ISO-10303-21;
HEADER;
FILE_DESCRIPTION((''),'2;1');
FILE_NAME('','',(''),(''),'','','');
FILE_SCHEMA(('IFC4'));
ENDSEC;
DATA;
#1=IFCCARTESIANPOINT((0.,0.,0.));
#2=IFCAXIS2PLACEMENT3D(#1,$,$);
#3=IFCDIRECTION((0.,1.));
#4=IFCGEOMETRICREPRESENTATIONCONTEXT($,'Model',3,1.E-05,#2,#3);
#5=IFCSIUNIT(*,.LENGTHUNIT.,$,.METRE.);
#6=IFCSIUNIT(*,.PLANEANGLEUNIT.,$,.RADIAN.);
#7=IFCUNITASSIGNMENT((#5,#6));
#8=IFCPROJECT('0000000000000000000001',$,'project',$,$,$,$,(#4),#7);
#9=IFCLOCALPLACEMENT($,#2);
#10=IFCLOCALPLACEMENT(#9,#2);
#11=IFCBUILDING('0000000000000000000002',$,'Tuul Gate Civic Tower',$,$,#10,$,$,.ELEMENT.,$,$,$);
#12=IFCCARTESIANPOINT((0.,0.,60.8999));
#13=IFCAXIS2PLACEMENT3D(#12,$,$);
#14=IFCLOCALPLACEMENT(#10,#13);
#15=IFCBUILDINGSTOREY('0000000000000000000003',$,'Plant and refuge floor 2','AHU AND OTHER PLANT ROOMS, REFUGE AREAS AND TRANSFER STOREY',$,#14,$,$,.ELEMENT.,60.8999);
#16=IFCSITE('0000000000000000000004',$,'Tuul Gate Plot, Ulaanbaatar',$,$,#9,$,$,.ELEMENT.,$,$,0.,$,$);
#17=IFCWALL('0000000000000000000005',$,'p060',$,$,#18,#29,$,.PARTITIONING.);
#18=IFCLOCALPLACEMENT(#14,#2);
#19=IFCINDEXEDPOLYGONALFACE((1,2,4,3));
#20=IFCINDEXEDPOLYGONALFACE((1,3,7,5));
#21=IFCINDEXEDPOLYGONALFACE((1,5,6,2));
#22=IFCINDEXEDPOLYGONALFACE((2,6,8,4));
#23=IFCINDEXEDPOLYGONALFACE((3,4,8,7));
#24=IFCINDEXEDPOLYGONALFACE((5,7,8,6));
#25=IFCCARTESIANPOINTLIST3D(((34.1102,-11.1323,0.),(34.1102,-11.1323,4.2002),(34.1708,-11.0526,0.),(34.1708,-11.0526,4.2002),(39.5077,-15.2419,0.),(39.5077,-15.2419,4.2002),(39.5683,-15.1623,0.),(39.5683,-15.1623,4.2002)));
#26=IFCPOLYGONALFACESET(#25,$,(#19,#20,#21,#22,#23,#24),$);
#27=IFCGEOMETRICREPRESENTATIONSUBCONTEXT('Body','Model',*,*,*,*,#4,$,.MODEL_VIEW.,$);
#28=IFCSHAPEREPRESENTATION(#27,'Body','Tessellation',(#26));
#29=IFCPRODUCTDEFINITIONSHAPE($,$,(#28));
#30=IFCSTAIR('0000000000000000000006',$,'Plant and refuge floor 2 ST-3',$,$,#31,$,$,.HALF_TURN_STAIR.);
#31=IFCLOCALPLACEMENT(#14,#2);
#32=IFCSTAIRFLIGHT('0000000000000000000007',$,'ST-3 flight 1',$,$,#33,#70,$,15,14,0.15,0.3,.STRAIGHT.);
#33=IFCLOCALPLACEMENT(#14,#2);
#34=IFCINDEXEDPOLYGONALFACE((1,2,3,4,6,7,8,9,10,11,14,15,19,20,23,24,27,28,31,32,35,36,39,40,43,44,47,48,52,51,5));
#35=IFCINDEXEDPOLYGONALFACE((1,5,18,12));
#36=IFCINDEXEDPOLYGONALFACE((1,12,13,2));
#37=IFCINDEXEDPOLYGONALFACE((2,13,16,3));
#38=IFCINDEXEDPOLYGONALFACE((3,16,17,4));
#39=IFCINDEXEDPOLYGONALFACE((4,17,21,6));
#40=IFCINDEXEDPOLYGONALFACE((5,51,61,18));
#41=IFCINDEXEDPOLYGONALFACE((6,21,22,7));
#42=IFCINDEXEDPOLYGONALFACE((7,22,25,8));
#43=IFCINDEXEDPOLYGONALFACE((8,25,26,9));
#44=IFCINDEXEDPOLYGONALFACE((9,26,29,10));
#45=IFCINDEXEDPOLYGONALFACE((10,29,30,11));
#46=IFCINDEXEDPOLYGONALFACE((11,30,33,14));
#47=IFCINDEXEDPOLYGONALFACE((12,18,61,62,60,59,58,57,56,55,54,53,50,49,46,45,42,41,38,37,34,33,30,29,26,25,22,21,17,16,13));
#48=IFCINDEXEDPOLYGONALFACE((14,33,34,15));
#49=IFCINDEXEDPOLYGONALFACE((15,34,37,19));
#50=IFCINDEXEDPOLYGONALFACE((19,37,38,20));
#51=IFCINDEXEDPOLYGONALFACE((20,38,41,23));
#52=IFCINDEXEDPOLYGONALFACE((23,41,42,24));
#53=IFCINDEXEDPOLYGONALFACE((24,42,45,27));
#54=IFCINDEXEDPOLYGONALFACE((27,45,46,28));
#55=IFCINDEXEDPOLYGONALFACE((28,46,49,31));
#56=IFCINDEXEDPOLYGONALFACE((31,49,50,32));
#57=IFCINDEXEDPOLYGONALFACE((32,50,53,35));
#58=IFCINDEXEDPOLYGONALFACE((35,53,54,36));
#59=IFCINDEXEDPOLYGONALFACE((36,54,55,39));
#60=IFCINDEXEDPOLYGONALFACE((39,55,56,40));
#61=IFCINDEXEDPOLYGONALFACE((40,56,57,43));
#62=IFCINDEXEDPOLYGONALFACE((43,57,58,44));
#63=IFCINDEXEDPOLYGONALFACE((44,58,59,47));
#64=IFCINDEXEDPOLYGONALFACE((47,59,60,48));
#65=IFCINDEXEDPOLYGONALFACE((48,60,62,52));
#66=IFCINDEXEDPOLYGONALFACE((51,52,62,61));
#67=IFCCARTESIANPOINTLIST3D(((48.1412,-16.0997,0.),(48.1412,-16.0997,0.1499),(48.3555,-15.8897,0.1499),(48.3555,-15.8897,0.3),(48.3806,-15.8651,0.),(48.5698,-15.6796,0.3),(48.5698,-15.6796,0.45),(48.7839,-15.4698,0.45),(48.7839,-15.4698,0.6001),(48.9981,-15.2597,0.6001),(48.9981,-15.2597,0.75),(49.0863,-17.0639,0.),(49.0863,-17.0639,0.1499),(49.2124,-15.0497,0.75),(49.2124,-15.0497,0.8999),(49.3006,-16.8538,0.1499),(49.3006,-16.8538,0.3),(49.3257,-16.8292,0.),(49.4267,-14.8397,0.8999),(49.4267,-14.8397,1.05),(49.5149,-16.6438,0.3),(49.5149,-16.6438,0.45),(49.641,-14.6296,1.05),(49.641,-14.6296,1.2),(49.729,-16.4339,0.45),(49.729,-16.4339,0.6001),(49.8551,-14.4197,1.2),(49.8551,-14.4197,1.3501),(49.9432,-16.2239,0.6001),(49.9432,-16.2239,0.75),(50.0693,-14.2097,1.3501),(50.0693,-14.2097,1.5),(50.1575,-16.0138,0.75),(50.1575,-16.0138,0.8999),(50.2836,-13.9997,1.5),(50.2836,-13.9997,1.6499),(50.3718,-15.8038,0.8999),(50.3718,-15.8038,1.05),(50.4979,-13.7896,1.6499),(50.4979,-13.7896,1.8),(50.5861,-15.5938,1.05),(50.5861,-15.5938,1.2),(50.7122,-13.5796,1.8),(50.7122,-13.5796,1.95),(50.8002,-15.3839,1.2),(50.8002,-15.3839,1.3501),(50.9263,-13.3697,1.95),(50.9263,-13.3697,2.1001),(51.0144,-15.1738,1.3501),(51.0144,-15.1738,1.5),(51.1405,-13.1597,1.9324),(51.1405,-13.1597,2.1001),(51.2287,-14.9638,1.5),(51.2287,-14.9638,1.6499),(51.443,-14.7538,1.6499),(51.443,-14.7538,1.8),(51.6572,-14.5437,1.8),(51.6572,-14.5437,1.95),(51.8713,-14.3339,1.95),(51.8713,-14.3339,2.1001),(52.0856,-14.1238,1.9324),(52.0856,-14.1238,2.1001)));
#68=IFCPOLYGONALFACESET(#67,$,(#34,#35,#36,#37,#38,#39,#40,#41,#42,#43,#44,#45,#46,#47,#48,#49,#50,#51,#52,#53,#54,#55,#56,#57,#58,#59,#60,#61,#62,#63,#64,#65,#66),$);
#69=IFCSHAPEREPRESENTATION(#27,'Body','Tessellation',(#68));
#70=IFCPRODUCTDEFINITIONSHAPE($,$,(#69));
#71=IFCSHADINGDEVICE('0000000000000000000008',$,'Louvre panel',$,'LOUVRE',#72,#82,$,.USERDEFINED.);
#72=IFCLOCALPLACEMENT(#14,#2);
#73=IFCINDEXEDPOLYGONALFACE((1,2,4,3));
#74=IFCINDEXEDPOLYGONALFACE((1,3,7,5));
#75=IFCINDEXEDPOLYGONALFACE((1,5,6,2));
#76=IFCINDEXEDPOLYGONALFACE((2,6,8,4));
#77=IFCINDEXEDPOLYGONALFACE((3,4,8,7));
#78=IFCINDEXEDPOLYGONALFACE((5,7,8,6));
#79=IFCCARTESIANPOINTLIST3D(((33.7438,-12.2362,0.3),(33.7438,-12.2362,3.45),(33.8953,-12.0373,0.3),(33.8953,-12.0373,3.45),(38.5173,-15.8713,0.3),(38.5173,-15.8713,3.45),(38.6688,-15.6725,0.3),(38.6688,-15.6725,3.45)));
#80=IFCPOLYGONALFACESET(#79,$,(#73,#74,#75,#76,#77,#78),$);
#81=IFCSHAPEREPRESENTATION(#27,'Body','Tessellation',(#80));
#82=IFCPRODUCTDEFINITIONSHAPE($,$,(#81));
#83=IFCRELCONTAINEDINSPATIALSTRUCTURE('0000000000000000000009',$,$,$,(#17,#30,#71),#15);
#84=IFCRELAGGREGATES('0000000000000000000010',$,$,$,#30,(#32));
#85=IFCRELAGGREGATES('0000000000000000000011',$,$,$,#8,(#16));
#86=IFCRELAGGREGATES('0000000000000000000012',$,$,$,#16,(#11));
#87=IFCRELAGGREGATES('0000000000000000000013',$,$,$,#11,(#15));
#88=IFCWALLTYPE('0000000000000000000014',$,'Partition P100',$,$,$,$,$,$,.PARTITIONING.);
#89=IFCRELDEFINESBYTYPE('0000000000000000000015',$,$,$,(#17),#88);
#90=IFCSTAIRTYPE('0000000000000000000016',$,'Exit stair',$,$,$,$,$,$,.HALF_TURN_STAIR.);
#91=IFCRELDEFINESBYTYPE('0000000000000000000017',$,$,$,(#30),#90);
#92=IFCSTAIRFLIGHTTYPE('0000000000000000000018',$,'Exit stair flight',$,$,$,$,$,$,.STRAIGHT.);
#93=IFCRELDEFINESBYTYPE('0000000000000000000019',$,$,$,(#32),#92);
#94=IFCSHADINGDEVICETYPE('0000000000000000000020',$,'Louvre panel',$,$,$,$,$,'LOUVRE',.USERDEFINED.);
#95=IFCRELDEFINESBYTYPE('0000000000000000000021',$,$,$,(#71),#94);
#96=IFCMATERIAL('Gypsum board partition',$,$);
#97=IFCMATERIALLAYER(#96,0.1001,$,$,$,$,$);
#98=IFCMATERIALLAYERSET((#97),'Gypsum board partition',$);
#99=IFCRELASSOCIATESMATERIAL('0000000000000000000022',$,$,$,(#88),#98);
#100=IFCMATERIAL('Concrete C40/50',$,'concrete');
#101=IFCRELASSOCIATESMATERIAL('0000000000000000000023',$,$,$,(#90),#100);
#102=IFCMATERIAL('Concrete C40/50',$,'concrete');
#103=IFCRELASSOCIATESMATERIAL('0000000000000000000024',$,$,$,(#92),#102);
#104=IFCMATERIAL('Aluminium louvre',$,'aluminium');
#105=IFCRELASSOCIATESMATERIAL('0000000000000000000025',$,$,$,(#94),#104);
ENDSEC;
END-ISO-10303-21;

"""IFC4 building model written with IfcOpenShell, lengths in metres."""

from ifc_helpers import new_model, si_unit, direction, frame, frame_2d, origin, origin_2d, place, context, subcontext, project, spatial, polyline, rectangle, outline, extrude, material, layer, layer_set, type_object, element, aggregate, save


model = new_model("IFC4")

# Units and contexts
model_context = context("Model", 3, precision=1e-05, world=origin(), true_north=direction((0.0, 1.0)))
body_context = subcontext(model_context, "Body", "Model", "MODEL_VIEW")
ifc_project = project(units=[si_unit("LENGTHUNIT", "METRE"), si_unit("PLANEANGLEUNIT", "RADIAN")], contexts=[model_context])

# Site, building, storey
site_placement = place(None, origin())
site = spatial("IfcSite", under=ifc_project, at=site_placement, Name="Tuul Gate Plot, Ulaanbaatar", CompositionType="ELEMENT", RefElevation=0.0)
building_placement = place(site_placement, origin())
building = spatial("IfcBuilding", under=site, at=building_placement, Name="Tuul Gate Civic Tower", CompositionType="ELEMENT")
storey_placement = place(building_placement, frame((0.0, 0.0, 60.8999)))
storey = spatial("IfcBuildingStorey", under=building, at=storey_placement, Name="Plant and refuge floor 2", Description="AHU AND OTHER PLANT ROOMS, REFUGE AREAS AND TRANSFER STOREY", CompositionType="ELEMENT", Elevation=60.8999)

# Wall
ifc_material_1 = material(Name="Gypsum board partition")
ifc_layer_1 = layer(ifc_material_1, 0.1001)
ifc_layer_set_1 = layer_set([ifc_layer_1], Name="Gypsum board partition")
wall_type_1 = type_object("IfcWallType", Name="Partition P100", PredefinedType="PARTITIONING", material=ifc_layer_set_1)
wall_1_placement = place(storey_placement, frame((39.5381, -15.2021, 0.0), z_axis=(0.0, 0.0, 1.0), x_axis=(-0.795626, 0.605788, 0.0)))
element("IfcWall", 1, at=wall_1_placement, inside=storey, type_object=wall_type_1, Name="p060", PredefinedType="PARTITIONING", context=body_context, shape_type="SweptSolid", body=[
    extrude(rectangle(XDim=6.7839, YDim=0.1001, at=frame_2d((3.3921, 0.0))), origin(), (0.0, 0.0, 1.0), 4.2002),
])

# Stair, stair flight
ifc_material_2 = material(Name="Concrete C40/50", Category="concrete")
stair_type = type_object("IfcStairType", Name="Exit stair", PredefinedType="HALF_TURN_STAIR", material=ifc_material_2)
stair_placement = place(storey_placement, origin())
stair = element("IfcStair", 2, at=stair_placement, inside=storey, type_object=stair_type, Name="Plant and refuge floor 2 ST-3", PredefinedType="HALF_TURN_STAIR")
ifc_material_3 = material(Name="Concrete C40/50", Category="concrete")
stair_flight_type = type_object("IfcStairFlightType", Name="Exit stair flight", PredefinedType="STRAIGHT", material=ifc_material_3)
stair_flight_placement = place(storey_placement, frame((48.6138, -16.5818, 0.0), z_axis=(0.0, 0.0, 1.0), x_axis=(0.714127, 0.700016, 0.0)))
stair_flight = element("IfcStairFlight", 3, at=stair_flight_placement, type_object=stair_flight_type, Name="ST-3 flight 1", NumberOfRisers=15, NumberOfTreads=14, PredefinedType="STRAIGHT", RiserHeight=0.15, TreadLength=0.3, context=body_context, shape_type="SweptSolid", body=[
    extrude(outline(polyline([(0.0, 0.0), (0.0, 0.1499), (0.3, 0.1499), (0.3, 0.3), (0.6001, 0.3), (0.6001, 0.45), (0.8999, 0.45), (0.8999, 0.6001), (1.2, 0.6001), (1.2, 0.75), (1.5, 0.75), (1.5, 0.8999), (1.8, 0.8999), (1.8, 1.05), (2.1001, 1.05), (2.1001, 1.2), (2.3999, 1.2), (2.3999, 1.3501), (2.7, 1.3501), (2.7, 1.5), (3.0, 1.5), (3.0, 1.6499), (3.3, 1.6499), (3.3, 1.8), (3.6001, 1.8), (3.6001, 1.95), (3.8999, 1.95), (3.8999, 2.1001), (4.2, 2.1001), (4.2, 2.25), (4.2, 1.9324), (0.3352, 0.0), (0.0, 0.0)])), frame((0.0, 0.675, 0.0), z_axis=(0.0, -1.0, 0.0), x_axis=(1.0, 0.0, 0.0)), (0.0, 0.0, 1.0), 1.3501),
])
aggregate(stair, [stair_flight])

# Shading device
ifc_material_4 = material(Name="Aluminium louvre", Category="aluminium")
shading_device_type = type_object("IfcShadingDeviceType", Name="Louvre panel", ElementType="LOUVRE", PredefinedType="USERDEFINED", material=ifc_material_4)
shading_device_placement = place(storey_placement, frame((36.2063, -13.9543, 0.3), z_axis=(0.0, 0.0, 1.0), x_axis=(-0.605851, -0.795578, 0.0)))
element("IfcShadingDevice", 4, at=shading_device_placement, inside=storey, type_object=shading_device_type, Name="Louvre panel", ObjectType="LOUVRE", PredefinedType="USERDEFINED", context=body_context, shape_type="SweptSolid", body=[
    extrude(rectangle(XDim=0.25, YDim=6.0, at=origin_2d()), origin(), (0.0, 0.0, 1.0), 3.1499),
])

save(model, "model.ifc")
